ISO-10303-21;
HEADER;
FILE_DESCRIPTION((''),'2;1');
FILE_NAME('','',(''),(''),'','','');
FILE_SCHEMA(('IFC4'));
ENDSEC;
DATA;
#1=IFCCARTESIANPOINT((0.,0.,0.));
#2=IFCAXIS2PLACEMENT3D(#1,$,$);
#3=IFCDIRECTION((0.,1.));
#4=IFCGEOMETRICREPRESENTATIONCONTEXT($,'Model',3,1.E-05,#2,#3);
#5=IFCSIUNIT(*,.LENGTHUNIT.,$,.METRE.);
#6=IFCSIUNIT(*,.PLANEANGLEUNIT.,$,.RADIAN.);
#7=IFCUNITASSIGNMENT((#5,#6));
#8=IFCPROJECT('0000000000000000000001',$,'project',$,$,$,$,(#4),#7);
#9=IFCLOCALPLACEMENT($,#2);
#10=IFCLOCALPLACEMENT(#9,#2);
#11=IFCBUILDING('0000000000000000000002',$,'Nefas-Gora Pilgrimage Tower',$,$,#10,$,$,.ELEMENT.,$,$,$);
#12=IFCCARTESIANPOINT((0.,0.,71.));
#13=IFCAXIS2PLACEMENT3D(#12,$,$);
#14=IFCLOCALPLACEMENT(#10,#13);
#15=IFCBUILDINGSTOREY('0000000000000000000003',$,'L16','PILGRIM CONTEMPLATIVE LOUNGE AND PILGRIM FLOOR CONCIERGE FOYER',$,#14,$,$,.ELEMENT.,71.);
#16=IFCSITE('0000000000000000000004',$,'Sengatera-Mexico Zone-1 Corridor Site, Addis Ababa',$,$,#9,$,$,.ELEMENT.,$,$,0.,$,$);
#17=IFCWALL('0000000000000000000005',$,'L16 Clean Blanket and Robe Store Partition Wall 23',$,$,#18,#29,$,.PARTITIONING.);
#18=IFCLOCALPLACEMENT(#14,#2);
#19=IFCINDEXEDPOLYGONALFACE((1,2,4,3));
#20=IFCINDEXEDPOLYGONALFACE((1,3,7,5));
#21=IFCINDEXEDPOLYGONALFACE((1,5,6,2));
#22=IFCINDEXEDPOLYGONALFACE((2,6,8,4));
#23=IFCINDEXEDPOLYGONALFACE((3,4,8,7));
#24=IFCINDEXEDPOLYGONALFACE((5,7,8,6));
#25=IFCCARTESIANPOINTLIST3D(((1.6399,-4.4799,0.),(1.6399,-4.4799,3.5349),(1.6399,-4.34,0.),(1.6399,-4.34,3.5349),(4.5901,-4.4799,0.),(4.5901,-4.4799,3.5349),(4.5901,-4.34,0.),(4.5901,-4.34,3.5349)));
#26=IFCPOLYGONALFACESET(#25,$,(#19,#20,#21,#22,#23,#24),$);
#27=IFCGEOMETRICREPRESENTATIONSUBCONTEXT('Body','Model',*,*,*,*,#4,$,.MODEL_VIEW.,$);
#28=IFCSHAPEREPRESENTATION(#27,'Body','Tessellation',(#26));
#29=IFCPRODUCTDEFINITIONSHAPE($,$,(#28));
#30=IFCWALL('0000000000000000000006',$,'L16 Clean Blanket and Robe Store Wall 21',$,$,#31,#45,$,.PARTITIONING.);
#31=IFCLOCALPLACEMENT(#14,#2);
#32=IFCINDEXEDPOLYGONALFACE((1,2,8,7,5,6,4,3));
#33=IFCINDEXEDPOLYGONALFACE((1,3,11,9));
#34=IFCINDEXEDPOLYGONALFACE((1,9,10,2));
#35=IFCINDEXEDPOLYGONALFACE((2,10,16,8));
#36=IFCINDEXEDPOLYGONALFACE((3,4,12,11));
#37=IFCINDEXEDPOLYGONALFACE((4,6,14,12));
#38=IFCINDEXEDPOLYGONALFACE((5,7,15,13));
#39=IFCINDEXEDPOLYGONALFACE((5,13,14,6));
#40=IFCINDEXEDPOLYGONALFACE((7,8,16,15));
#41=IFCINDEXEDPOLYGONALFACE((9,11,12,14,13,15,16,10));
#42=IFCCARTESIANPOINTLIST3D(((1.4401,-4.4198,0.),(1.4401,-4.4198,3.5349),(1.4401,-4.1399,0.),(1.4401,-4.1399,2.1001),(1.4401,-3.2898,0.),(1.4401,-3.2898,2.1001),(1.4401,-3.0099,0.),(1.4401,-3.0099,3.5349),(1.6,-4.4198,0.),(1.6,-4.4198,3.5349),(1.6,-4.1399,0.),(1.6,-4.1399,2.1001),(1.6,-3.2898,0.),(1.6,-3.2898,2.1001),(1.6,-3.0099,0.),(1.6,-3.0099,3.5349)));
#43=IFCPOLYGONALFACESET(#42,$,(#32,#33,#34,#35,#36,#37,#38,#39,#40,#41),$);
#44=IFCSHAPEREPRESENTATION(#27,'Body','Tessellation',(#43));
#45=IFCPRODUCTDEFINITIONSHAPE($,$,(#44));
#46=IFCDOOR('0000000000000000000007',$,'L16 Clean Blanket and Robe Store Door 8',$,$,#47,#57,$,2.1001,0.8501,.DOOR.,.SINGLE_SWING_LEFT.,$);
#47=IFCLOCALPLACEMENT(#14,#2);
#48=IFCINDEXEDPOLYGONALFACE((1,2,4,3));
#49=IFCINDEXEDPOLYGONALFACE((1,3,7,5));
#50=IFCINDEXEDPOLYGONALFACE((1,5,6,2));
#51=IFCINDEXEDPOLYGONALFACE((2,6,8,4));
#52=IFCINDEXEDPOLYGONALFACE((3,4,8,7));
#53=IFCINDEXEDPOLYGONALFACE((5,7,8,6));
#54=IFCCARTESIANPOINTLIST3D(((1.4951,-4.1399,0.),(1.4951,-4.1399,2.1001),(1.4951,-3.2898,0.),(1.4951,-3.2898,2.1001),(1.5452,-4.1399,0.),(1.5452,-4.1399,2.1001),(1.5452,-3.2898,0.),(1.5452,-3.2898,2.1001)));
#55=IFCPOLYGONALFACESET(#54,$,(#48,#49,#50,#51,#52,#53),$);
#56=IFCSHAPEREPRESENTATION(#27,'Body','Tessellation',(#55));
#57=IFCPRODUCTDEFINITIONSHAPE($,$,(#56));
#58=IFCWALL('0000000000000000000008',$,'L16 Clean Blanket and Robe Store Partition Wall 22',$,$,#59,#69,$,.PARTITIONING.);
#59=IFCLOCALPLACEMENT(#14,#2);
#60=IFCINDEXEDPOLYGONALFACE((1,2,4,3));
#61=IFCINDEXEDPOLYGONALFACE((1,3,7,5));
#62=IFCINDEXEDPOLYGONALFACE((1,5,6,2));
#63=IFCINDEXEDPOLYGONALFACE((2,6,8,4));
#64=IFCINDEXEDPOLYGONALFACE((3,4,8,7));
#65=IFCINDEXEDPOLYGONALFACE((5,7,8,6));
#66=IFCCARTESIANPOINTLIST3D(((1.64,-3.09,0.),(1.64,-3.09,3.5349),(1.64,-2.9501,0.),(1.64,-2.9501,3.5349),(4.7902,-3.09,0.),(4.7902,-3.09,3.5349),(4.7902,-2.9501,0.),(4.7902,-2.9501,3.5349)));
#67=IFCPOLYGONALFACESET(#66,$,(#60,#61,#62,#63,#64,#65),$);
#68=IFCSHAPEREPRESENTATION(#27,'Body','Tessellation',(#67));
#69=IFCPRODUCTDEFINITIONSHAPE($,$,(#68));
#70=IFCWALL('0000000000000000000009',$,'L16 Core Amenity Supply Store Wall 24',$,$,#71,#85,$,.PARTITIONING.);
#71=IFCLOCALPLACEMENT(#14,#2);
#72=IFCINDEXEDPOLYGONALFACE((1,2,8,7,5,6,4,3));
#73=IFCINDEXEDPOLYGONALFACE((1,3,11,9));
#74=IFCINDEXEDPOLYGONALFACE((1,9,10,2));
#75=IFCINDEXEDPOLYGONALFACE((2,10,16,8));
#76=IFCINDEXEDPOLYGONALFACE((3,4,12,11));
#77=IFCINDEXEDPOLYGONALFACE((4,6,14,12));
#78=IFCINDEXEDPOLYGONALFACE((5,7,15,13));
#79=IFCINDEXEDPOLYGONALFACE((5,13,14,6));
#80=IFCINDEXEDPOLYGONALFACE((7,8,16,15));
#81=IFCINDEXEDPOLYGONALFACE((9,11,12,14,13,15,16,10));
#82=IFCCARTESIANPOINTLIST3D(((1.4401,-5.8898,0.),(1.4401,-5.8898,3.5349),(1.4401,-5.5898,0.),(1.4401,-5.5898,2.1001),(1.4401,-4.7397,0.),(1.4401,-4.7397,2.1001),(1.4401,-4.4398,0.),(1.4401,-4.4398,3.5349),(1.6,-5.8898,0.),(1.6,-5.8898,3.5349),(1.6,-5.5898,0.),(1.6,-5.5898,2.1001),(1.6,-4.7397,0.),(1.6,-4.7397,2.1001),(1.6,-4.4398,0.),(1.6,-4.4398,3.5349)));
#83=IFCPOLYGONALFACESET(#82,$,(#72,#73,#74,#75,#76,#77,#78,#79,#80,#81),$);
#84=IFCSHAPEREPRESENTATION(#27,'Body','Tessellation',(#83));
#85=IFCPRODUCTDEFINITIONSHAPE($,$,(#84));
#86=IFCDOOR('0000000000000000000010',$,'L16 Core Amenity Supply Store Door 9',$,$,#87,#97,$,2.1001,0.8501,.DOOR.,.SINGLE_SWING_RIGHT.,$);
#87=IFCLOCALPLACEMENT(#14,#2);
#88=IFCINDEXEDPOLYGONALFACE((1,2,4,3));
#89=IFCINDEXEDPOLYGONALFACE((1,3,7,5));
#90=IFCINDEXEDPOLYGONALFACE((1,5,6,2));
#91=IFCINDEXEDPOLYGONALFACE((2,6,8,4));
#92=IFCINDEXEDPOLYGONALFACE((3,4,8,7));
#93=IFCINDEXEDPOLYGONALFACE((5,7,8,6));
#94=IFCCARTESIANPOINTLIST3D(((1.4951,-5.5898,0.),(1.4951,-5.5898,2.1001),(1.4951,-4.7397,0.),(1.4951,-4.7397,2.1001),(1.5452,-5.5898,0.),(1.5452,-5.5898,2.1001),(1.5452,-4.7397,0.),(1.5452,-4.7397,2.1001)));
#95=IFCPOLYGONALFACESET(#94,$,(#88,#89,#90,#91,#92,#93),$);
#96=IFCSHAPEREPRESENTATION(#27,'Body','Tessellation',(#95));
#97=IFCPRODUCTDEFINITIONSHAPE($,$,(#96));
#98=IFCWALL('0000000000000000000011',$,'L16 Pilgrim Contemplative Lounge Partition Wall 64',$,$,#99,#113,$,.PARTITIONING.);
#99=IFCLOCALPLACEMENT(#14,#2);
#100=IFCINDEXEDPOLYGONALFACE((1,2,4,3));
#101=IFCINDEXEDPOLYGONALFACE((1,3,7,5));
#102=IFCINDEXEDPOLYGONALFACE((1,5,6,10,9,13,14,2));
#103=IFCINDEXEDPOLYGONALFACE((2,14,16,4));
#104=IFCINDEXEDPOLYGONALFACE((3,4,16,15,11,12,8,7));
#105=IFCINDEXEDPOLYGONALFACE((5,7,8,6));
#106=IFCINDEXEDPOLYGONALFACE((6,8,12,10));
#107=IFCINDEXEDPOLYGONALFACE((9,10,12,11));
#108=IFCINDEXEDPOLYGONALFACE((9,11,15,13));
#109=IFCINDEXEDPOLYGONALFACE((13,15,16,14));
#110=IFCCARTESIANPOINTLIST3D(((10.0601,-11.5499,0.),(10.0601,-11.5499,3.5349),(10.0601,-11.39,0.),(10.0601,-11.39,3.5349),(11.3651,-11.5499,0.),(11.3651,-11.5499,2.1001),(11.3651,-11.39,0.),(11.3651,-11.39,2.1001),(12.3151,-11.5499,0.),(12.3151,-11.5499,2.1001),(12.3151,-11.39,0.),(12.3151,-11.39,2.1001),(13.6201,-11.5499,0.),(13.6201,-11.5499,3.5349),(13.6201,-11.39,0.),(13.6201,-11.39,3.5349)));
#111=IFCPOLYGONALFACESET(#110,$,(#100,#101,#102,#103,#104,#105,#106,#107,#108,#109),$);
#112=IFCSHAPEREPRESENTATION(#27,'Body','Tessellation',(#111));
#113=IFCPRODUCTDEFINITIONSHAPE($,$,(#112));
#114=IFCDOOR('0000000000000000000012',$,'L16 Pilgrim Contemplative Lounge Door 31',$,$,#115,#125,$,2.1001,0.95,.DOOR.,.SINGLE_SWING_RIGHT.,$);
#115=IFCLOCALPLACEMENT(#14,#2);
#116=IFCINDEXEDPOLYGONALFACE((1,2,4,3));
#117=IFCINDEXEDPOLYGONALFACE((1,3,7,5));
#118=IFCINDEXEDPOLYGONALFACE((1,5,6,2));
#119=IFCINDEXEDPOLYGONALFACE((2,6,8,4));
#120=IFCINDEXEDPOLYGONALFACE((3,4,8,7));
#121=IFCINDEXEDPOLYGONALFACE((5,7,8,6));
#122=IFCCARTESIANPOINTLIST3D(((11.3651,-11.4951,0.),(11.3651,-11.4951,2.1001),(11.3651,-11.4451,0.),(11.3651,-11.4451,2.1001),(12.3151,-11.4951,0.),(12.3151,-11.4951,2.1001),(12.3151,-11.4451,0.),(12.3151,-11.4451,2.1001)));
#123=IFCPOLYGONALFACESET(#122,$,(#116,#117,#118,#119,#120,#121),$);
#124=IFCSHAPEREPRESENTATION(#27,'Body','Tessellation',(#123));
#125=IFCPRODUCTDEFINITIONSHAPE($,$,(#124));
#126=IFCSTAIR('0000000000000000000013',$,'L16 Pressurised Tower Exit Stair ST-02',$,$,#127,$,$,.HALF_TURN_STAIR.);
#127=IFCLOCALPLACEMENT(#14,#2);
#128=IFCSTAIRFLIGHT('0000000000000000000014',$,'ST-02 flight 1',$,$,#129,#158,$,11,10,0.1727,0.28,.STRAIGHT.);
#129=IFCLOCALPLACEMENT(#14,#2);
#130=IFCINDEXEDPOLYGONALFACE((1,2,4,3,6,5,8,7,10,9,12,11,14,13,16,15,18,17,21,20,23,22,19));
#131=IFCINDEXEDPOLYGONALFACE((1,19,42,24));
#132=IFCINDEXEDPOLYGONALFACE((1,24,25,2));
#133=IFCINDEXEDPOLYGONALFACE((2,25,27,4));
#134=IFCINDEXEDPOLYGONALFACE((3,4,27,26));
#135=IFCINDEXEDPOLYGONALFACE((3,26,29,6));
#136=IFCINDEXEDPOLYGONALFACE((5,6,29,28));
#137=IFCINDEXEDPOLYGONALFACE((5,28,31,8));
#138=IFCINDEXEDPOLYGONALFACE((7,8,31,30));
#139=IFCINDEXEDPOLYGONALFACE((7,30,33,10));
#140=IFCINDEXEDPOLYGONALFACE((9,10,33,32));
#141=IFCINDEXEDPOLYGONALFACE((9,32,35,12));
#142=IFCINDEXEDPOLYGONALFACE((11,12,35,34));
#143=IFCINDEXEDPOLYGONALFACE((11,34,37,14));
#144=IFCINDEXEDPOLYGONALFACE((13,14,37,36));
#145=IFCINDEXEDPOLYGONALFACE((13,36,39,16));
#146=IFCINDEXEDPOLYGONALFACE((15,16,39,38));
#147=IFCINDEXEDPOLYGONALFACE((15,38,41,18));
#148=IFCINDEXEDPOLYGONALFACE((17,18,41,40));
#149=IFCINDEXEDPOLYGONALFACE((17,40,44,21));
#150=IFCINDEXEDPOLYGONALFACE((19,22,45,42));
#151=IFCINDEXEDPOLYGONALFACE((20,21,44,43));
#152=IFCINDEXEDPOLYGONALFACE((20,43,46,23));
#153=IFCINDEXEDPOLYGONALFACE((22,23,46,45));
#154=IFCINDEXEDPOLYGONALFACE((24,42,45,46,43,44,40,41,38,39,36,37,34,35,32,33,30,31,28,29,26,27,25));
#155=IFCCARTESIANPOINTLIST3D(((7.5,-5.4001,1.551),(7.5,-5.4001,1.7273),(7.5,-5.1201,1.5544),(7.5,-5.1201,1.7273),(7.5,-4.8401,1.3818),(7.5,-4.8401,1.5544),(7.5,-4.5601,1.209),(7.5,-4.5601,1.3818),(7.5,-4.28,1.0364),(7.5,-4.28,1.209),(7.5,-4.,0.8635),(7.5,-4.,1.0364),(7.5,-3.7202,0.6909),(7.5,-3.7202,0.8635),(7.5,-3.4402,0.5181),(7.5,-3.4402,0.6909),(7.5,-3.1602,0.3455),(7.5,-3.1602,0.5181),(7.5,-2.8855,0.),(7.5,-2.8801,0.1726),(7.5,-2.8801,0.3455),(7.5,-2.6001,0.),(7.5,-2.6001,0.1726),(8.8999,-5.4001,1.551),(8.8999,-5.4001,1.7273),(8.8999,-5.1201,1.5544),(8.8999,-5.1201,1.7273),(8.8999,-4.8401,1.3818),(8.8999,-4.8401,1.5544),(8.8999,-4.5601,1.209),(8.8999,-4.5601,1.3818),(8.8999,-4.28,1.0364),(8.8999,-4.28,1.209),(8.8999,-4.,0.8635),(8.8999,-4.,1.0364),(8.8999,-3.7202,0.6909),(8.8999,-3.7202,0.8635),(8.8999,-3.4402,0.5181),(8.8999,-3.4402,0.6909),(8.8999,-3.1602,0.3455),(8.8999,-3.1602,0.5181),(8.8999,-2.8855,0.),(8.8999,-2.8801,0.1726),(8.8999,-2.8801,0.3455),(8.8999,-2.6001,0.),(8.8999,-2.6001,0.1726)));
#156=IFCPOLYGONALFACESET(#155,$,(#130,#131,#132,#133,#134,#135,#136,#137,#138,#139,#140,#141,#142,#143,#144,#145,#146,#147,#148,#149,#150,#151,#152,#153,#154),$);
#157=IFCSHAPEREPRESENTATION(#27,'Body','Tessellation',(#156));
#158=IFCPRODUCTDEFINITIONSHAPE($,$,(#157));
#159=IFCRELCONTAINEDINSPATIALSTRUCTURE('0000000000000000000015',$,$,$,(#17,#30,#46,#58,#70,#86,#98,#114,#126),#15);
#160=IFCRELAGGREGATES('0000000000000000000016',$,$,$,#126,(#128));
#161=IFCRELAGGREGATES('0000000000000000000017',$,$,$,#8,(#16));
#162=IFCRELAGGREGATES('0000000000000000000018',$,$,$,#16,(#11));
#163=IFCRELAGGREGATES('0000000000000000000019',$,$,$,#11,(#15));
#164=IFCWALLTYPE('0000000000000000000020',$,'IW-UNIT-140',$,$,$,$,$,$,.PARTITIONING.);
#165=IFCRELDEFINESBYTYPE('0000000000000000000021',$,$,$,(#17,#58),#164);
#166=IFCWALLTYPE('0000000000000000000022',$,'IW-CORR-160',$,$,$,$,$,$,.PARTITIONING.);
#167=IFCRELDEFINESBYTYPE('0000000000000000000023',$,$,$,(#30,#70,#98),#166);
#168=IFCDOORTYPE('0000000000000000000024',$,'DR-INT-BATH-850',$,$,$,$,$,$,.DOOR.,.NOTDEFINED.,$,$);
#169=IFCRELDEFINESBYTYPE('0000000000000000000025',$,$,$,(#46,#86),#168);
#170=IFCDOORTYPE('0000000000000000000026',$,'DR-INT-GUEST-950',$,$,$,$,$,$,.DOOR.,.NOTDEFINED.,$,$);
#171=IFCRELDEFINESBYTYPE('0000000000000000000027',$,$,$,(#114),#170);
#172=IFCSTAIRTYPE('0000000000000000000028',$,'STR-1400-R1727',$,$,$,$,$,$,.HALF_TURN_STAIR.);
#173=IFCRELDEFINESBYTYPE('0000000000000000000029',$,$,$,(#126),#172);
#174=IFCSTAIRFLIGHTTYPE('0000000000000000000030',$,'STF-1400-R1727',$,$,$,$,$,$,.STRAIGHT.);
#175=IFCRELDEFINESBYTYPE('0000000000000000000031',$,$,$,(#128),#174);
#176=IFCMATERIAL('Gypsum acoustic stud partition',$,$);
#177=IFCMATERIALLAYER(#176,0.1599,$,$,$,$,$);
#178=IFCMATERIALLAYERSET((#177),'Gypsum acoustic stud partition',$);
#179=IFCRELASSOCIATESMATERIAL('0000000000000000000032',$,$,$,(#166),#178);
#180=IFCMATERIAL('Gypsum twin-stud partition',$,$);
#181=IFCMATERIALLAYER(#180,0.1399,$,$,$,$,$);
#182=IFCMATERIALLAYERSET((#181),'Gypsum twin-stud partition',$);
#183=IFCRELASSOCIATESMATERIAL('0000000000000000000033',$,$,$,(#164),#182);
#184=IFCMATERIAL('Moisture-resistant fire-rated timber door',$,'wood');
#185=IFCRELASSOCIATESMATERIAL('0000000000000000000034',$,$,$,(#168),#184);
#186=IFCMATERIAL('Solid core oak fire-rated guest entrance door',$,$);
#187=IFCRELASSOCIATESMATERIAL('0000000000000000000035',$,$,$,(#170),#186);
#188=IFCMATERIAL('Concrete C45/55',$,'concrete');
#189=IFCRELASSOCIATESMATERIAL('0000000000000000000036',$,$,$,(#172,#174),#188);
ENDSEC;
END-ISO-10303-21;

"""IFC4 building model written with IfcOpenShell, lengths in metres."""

from ifc_helpers import new_model, si_unit, direction, frame, frame_2d, origin, place, context, subcontext, project, spatial, polyline, rectangle, outline, extrude, source, transform, mapped, material, layer, layer_set, type_object, element, fill, aggregate, save


model = new_model("IFC4")

# Units and contexts
model_context = context("Model", 3, precision=1e-05, world=origin(), true_north=direction((0.0, 1.0)))
body_context = subcontext(model_context, "Body", "Model", "MODEL_VIEW")
ifc_project = project(units=[si_unit("LENGTHUNIT", "METRE"), si_unit("PLANEANGLEUNIT", "RADIAN")], contexts=[model_context])

# Site, building, storey
site_placement = place(None, origin())
site = spatial("IfcSite", under=ifc_project, at=site_placement, Name="Sengatera-Mexico Zone-1 Corridor Site, Addis Ababa", CompositionType="ELEMENT", RefElevation=0.0)
building_placement = place(site_placement, origin())
building = spatial("IfcBuilding", under=site, at=building_placement, Name="Nefas-Gora Pilgrimage Tower", CompositionType="ELEMENT")
storey_placement = place(building_placement, frame((0.0, 0.0, 71.0)))
storey = spatial("IfcBuildingStorey", under=building, at=storey_placement, Name="L16", Description="PILGRIM CONTEMPLATIVE LOUNGE AND PILGRIM FLOOR CONCIERGE FOYER", CompositionType="ELEMENT", Elevation=71.0)

# Shared definitions
ifc_material_1 = material(Name="Concrete C45/55", Category="concrete")

# Wall
ifc_material_2 = material(Name="Gypsum acoustic stud partition")
ifc_layer_1 = layer(ifc_material_2, 0.1599)
ifc_layer_set_1 = layer_set([ifc_layer_1], Name="Gypsum acoustic stud partition")
wall_type_1 = type_object("IfcWallType", Name="IW-CORR-160", PredefinedType="PARTITIONING", material=ifc_layer_set_1)
ifc_material_3 = material(Name="Gypsum twin-stud partition")
ifc_layer_2 = layer(ifc_material_3, 0.1399)
ifc_layer_set_2 = layer_set([ifc_layer_2], Name="Gypsum twin-stud partition")
wall_type_2 = type_object("IfcWallType", Name="IW-UNIT-140", PredefinedType="PARTITIONING", material=ifc_layer_set_2)
shared_shape_1 = source(origin(), body_context, "Body", "SweptSolid", [
    extrude(rectangle(XDim=2.9502, YDim=0.1399, at=frame_2d((1.4751, 0.0))), origin(), (0.0, 0.0, 1.0), 3.5349),
])
wall_1_placement = place(storey_placement, frame((1.6399, -4.4099, 0.0), z_axis=(0.0, 0.0, 1.0), x_axis=(1.0, 0.0, 0.0)))
element("IfcWall", 1, at=wall_1_placement, inside=storey, type_object=wall_type_2, Name="L16 Clean Blanket and Robe Store Partition Wall 23", PredefinedType="PARTITIONING", context=body_context, shape_type="MappedRepresentation", body=[
    mapped(shared_shape_1, transform((0.0, 0.0, 0.0), x_axis=(1.0, 0.0, 0.0), y_axis=(0.0, 1.0, 0.0), z_axis=(0.0, 0.0, 1.0), scale=1.0)),
])

# Wall, opening, door
shared_shape_2 = source(origin(), body_context, "Body", "SweptSolid", [
    extrude(rectangle(XDim=1.4099, YDim=0.1599, at=frame_2d((0.7051, 0.0))), origin(), (0.0, 0.0, 1.0), 3.5349),
])
wall_2_placement = place(storey_placement, frame((1.52, -4.4199, 0.0), z_axis=(0.0, 0.0, 1.0), x_axis=(0.0, 1.0, 0.0)))
wall_2 = element("IfcWall", 2, at=wall_2_placement, inside=storey, type_object=wall_type_1, Name="L16 Clean Blanket and Robe Store Wall 21", PredefinedType="PARTITIONING", context=body_context, shape_type="MappedRepresentation", body=[
    mapped(shared_shape_2, transform((0.0, 0.0, 0.0), x_axis=(1.0, 0.0, 0.0), y_axis=(0.0, 1.0, 0.0), z_axis=(0.0, 0.0, 1.0), scale=1.0)),
])
opening_1_placement = place(wall_2_placement, frame((0.28, 0.0, 0.0)))
opening_1 = element("IfcOpeningElement", 3, at=opening_1_placement, cuts=wall_2, PredefinedType="OPENING", context=body_context, shape_type="SweptSolid", body=[
    extrude(rectangle(XDim=0.8501, YDim=2.1001, at=frame_2d((0.425, 1.05))), frame((0.0, 0.0898, 0.0), z_axis=(0.0, -1.0, 0.0), x_axis=(1.0, 0.0, 0.0)), (0.0, 0.0, 1.0), 0.1799),
])
ifc_material_4 = material(Name="Moisture-resistant fire-rated timber door", Category="wood")
door_type_1 = type_object("IfcDoorType", Name="DR-INT-BATH-850", OperationType="NOTDEFINED", PredefinedType="DOOR", material=ifc_material_4)
shared_shape_3 = source(origin(), body_context, "Body", "SweptSolid", [
    extrude(rectangle(XDim=0.8501, YDim=2.1001, at=frame_2d((0.425, 1.05))), frame((0.0, 0.0249, 0.0), z_axis=(0.0, -1.0, 0.0), x_axis=(1.0, 0.0, 0.0)), (0.0, 0.0, 1.0), 0.05),
])
door_1_placement = place(opening_1_placement, origin())
door_1 = element("IfcDoor", 4, at=door_1_placement, inside=storey, type_object=door_type_1, Name="L16 Clean Blanket and Robe Store Door 8", OperationType="SINGLE_SWING_LEFT", OverallHeight=2.1001, OverallWidth=0.8501, PredefinedType="DOOR", context=body_context, shape_type="MappedRepresentation", body=[
    mapped(shared_shape_3, transform((0.0, 0.0, 0.0), x_axis=(1.0, 0.0, 0.0), y_axis=(0.0, 1.0, 0.0), z_axis=(0.0, 0.0, 1.0), scale=1.0)),
])
fill(opening_1, door_1)

# Wall
shared_shape_4 = source(origin(), body_context, "Body", "SweptSolid", [
    extrude(rectangle(XDim=3.1501, YDim=0.1399, at=frame_2d((1.5752, 0.0))), origin(), (0.0, 0.0, 1.0), 3.5349),
])
wall_3_placement = place(storey_placement, frame((1.6399, -3.02, 0.0), z_axis=(0.0, 0.0, 1.0), x_axis=(1.0, 0.0, 0.0)))
element("IfcWall", 5, at=wall_3_placement, inside=storey, type_object=wall_type_2, Name="L16 Clean Blanket and Robe Store Partition Wall 22", PredefinedType="PARTITIONING", context=body_context, shape_type="MappedRepresentation", body=[
    mapped(shared_shape_4, transform((0.0, 0.0, 0.0), x_axis=(1.0, 0.0, 0.0), y_axis=(0.0, 1.0, 0.0), z_axis=(0.0, 0.0, 1.0), scale=1.0)),
])

# Walls, openings, doors
shared_shape_5 = source(origin(), body_context, "Body", "SweptSolid", [
    extrude(rectangle(XDim=1.45, YDim=0.1599, at=frame_2d((0.7251, 0.0))), origin(), (0.0, 0.0, 1.0), 3.5349),
])
wall_4_placement = place(storey_placement, frame((1.52, -5.8899, 0.0), z_axis=(0.0, 0.0, 1.0), x_axis=(0.0, 1.0, 0.0)))
wall_4 = element("IfcWall", 6, at=wall_4_placement, inside=storey, type_object=wall_type_1, Name="L16 Core Amenity Supply Store Wall 24", PredefinedType="PARTITIONING", context=body_context, shape_type="MappedRepresentation", body=[
    mapped(shared_shape_5, transform((0.0, 0.0, 0.0), x_axis=(1.0, 0.0, 0.0), y_axis=(0.0, 1.0, 0.0), z_axis=(0.0, 0.0, 1.0), scale=1.0)),
])
opening_2_placement = place(wall_4_placement, frame((0.3, 0.0, 0.0)))
opening_2 = element("IfcOpeningElement", 7, at=opening_2_placement, cuts=wall_4, PredefinedType="OPENING", context=body_context, shape_type="SweptSolid", body=[
    extrude(rectangle(XDim=0.8501, YDim=2.1001, at=frame_2d((0.425, 1.05))), frame((0.0, 0.0898, 0.0), z_axis=(0.0, -1.0, 0.0), x_axis=(1.0, 0.0, 0.0)), (0.0, 0.0, 1.0), 0.1799),
])
door_2_placement = place(opening_2_placement, origin())
door_2 = element("IfcDoor", 8, at=door_2_placement, inside=storey, type_object=door_type_1, Name="L16 Core Amenity Supply Store Door 9", OperationType="SINGLE_SWING_RIGHT", OverallHeight=2.1001, OverallWidth=0.8501, PredefinedType="DOOR", context=body_context, shape_type="MappedRepresentation", body=[
    mapped(shared_shape_3, transform((0.0, 0.0, 0.0), x_axis=(1.0, 0.0, 0.0), y_axis=(0.0, 1.0, 0.0), z_axis=(0.0, 0.0, 1.0), scale=1.0)),
])
fill(opening_2, door_2)
shared_shape_6 = source(origin(), body_context, "Body", "SweptSolid", [
    extrude(rectangle(XDim=3.5601, YDim=0.1599, at=frame_2d((1.78, 0.0))), origin(), (0.0, 0.0, 1.0), 3.5349),
])
wall_5_placement = place(storey_placement, frame((10.0601, -11.47, 0.0), z_axis=(0.0, 0.0, 1.0), x_axis=(1.0, 0.0, 0.0)))
wall_5 = element("IfcWall", 9, at=wall_5_placement, inside=storey, type_object=wall_type_1, Name="L16 Pilgrim Contemplative Lounge Partition Wall 64", PredefinedType="PARTITIONING", context=body_context, shape_type="MappedRepresentation", body=[
    mapped(shared_shape_6, transform((0.0, 0.0, 0.0), x_axis=(1.0, 0.0, 0.0), y_axis=(0.0, 1.0, 0.0), z_axis=(0.0, 0.0, 1.0), scale=1.0)),
])
opening_3_placement = place(wall_5_placement, frame((1.3049, 0.0, 0.0)))
opening_3 = element("IfcOpeningElement", 10, at=opening_3_placement, cuts=wall_5, PredefinedType="OPENING", context=body_context, shape_type="SweptSolid", body=[
    extrude(rectangle(XDim=0.95, YDim=2.1001, at=frame_2d((0.4751, 1.05))), frame((0.0, 0.0898, 0.0), z_axis=(0.0, -1.0, 0.0), x_axis=(1.0, 0.0, 0.0)), (0.0, 0.0, 1.0), 0.1799),
])
ifc_material_5 = material(Name="Solid core oak fire-rated guest entrance door")
door_type_2 = type_object("IfcDoorType", Name="DR-INT-GUEST-950", OperationType="NOTDEFINED", PredefinedType="DOOR", material=ifc_material_5)
shared_shape_7 = source(origin(), body_context, "Body", "SweptSolid", [
    extrude(rectangle(XDim=0.95, YDim=2.1001, at=frame_2d((0.4751, 1.05))), frame((0.0, 0.0249, 0.0), z_axis=(0.0, -1.0, 0.0), x_axis=(1.0, 0.0, 0.0)), (0.0, 0.0, 1.0), 0.05),
])
door_3_placement = place(opening_3_placement, origin())
door_3 = element("IfcDoor", 11, at=door_3_placement, inside=storey, type_object=door_type_2, Name="L16 Pilgrim Contemplative Lounge Door 31", OperationType="SINGLE_SWING_RIGHT", OverallHeight=2.1001, OverallWidth=0.95, PredefinedType="DOOR", context=body_context, shape_type="MappedRepresentation", body=[
    mapped(shared_shape_7, transform((0.0, 0.0, 0.0), x_axis=(1.0, 0.0, 0.0), y_axis=(0.0, 1.0, 0.0), z_axis=(0.0, 0.0, 1.0), scale=1.0)),
])
fill(opening_3, door_3)

# Stair, stair flight
stair_type = type_object("IfcStairType", Name="STR-1400-R1727", PredefinedType="HALF_TURN_STAIR", material=ifc_material_1)
stair_placement = place(storey_placement, origin())
stair = element("IfcStair", 12, at=stair_placement, inside=storey, type_object=stair_type, Name="L16 Pressurised Tower Exit Stair ST-02", PredefinedType="HALF_TURN_STAIR")
stair_flight_type = type_object("IfcStairFlightType", Name="STF-1400-R1727", PredefinedType="STRAIGHT", material=ifc_material_1)
shared_shape_8 = source(origin(), body_context, "Body", "SweptSolid", [
    extrude(outline(polyline([(0.0, 0.0), (0.0, 0.1726), (0.28, 0.1726), (0.28, 0.3455), (0.5601, 0.3455), (0.5601, 0.5181), (0.8401, 0.5181), (0.8401, 0.6909), (1.1201, 0.6909), (1.1201, 0.8635), (1.3999, 0.8635), (1.3999, 1.0364), (1.6799, 1.0364), (1.6799, 1.209), (1.96, 1.209), (1.96, 1.3818), (2.24, 1.3818), (2.24, 1.5544), (2.52, 1.5544), (2.52, 1.7273), (2.8, 1.7273), (2.8, 1.8999), (2.8, 1.551), (0.2854, 0.0), (0.0, 0.0)])), frame((0.0, 0.7, 0.0), z_axis=(0.0, -1.0, 0.0), x_axis=(1.0, 0.0, 0.0)), (0.0, 0.0, 1.0), 1.3999),
])
stair_flight_1_placement = place(storey_placement, frame((8.2, -2.6001, 0.0), z_axis=(0.0, 0.0, 1.0), x_axis=(0.0, -1.0, 0.0)))
stair_flight_1 = element("IfcStairFlight", 13, at=stair_flight_1_placement, type_object=stair_flight_type, Name="ST-02 flight 1", NumberOfRisers=11, NumberOfTreads=10, PredefinedType="STRAIGHT", RiserHeight=0.1727, TreadLength=0.28, context=body_context, shape_type="MappedRepresentation", body=[
    mapped(shared_shape_8, transform((0.0, 0.0, 0.0), x_axis=(1.0, 0.0, 0.0), y_axis=(0.0, 1.0, 0.0), z_axis=(0.0, 0.0, 1.0), scale=1.0)),
])
aggregate(stair, [stair_flight_1])

save(model, "model.ifc")
